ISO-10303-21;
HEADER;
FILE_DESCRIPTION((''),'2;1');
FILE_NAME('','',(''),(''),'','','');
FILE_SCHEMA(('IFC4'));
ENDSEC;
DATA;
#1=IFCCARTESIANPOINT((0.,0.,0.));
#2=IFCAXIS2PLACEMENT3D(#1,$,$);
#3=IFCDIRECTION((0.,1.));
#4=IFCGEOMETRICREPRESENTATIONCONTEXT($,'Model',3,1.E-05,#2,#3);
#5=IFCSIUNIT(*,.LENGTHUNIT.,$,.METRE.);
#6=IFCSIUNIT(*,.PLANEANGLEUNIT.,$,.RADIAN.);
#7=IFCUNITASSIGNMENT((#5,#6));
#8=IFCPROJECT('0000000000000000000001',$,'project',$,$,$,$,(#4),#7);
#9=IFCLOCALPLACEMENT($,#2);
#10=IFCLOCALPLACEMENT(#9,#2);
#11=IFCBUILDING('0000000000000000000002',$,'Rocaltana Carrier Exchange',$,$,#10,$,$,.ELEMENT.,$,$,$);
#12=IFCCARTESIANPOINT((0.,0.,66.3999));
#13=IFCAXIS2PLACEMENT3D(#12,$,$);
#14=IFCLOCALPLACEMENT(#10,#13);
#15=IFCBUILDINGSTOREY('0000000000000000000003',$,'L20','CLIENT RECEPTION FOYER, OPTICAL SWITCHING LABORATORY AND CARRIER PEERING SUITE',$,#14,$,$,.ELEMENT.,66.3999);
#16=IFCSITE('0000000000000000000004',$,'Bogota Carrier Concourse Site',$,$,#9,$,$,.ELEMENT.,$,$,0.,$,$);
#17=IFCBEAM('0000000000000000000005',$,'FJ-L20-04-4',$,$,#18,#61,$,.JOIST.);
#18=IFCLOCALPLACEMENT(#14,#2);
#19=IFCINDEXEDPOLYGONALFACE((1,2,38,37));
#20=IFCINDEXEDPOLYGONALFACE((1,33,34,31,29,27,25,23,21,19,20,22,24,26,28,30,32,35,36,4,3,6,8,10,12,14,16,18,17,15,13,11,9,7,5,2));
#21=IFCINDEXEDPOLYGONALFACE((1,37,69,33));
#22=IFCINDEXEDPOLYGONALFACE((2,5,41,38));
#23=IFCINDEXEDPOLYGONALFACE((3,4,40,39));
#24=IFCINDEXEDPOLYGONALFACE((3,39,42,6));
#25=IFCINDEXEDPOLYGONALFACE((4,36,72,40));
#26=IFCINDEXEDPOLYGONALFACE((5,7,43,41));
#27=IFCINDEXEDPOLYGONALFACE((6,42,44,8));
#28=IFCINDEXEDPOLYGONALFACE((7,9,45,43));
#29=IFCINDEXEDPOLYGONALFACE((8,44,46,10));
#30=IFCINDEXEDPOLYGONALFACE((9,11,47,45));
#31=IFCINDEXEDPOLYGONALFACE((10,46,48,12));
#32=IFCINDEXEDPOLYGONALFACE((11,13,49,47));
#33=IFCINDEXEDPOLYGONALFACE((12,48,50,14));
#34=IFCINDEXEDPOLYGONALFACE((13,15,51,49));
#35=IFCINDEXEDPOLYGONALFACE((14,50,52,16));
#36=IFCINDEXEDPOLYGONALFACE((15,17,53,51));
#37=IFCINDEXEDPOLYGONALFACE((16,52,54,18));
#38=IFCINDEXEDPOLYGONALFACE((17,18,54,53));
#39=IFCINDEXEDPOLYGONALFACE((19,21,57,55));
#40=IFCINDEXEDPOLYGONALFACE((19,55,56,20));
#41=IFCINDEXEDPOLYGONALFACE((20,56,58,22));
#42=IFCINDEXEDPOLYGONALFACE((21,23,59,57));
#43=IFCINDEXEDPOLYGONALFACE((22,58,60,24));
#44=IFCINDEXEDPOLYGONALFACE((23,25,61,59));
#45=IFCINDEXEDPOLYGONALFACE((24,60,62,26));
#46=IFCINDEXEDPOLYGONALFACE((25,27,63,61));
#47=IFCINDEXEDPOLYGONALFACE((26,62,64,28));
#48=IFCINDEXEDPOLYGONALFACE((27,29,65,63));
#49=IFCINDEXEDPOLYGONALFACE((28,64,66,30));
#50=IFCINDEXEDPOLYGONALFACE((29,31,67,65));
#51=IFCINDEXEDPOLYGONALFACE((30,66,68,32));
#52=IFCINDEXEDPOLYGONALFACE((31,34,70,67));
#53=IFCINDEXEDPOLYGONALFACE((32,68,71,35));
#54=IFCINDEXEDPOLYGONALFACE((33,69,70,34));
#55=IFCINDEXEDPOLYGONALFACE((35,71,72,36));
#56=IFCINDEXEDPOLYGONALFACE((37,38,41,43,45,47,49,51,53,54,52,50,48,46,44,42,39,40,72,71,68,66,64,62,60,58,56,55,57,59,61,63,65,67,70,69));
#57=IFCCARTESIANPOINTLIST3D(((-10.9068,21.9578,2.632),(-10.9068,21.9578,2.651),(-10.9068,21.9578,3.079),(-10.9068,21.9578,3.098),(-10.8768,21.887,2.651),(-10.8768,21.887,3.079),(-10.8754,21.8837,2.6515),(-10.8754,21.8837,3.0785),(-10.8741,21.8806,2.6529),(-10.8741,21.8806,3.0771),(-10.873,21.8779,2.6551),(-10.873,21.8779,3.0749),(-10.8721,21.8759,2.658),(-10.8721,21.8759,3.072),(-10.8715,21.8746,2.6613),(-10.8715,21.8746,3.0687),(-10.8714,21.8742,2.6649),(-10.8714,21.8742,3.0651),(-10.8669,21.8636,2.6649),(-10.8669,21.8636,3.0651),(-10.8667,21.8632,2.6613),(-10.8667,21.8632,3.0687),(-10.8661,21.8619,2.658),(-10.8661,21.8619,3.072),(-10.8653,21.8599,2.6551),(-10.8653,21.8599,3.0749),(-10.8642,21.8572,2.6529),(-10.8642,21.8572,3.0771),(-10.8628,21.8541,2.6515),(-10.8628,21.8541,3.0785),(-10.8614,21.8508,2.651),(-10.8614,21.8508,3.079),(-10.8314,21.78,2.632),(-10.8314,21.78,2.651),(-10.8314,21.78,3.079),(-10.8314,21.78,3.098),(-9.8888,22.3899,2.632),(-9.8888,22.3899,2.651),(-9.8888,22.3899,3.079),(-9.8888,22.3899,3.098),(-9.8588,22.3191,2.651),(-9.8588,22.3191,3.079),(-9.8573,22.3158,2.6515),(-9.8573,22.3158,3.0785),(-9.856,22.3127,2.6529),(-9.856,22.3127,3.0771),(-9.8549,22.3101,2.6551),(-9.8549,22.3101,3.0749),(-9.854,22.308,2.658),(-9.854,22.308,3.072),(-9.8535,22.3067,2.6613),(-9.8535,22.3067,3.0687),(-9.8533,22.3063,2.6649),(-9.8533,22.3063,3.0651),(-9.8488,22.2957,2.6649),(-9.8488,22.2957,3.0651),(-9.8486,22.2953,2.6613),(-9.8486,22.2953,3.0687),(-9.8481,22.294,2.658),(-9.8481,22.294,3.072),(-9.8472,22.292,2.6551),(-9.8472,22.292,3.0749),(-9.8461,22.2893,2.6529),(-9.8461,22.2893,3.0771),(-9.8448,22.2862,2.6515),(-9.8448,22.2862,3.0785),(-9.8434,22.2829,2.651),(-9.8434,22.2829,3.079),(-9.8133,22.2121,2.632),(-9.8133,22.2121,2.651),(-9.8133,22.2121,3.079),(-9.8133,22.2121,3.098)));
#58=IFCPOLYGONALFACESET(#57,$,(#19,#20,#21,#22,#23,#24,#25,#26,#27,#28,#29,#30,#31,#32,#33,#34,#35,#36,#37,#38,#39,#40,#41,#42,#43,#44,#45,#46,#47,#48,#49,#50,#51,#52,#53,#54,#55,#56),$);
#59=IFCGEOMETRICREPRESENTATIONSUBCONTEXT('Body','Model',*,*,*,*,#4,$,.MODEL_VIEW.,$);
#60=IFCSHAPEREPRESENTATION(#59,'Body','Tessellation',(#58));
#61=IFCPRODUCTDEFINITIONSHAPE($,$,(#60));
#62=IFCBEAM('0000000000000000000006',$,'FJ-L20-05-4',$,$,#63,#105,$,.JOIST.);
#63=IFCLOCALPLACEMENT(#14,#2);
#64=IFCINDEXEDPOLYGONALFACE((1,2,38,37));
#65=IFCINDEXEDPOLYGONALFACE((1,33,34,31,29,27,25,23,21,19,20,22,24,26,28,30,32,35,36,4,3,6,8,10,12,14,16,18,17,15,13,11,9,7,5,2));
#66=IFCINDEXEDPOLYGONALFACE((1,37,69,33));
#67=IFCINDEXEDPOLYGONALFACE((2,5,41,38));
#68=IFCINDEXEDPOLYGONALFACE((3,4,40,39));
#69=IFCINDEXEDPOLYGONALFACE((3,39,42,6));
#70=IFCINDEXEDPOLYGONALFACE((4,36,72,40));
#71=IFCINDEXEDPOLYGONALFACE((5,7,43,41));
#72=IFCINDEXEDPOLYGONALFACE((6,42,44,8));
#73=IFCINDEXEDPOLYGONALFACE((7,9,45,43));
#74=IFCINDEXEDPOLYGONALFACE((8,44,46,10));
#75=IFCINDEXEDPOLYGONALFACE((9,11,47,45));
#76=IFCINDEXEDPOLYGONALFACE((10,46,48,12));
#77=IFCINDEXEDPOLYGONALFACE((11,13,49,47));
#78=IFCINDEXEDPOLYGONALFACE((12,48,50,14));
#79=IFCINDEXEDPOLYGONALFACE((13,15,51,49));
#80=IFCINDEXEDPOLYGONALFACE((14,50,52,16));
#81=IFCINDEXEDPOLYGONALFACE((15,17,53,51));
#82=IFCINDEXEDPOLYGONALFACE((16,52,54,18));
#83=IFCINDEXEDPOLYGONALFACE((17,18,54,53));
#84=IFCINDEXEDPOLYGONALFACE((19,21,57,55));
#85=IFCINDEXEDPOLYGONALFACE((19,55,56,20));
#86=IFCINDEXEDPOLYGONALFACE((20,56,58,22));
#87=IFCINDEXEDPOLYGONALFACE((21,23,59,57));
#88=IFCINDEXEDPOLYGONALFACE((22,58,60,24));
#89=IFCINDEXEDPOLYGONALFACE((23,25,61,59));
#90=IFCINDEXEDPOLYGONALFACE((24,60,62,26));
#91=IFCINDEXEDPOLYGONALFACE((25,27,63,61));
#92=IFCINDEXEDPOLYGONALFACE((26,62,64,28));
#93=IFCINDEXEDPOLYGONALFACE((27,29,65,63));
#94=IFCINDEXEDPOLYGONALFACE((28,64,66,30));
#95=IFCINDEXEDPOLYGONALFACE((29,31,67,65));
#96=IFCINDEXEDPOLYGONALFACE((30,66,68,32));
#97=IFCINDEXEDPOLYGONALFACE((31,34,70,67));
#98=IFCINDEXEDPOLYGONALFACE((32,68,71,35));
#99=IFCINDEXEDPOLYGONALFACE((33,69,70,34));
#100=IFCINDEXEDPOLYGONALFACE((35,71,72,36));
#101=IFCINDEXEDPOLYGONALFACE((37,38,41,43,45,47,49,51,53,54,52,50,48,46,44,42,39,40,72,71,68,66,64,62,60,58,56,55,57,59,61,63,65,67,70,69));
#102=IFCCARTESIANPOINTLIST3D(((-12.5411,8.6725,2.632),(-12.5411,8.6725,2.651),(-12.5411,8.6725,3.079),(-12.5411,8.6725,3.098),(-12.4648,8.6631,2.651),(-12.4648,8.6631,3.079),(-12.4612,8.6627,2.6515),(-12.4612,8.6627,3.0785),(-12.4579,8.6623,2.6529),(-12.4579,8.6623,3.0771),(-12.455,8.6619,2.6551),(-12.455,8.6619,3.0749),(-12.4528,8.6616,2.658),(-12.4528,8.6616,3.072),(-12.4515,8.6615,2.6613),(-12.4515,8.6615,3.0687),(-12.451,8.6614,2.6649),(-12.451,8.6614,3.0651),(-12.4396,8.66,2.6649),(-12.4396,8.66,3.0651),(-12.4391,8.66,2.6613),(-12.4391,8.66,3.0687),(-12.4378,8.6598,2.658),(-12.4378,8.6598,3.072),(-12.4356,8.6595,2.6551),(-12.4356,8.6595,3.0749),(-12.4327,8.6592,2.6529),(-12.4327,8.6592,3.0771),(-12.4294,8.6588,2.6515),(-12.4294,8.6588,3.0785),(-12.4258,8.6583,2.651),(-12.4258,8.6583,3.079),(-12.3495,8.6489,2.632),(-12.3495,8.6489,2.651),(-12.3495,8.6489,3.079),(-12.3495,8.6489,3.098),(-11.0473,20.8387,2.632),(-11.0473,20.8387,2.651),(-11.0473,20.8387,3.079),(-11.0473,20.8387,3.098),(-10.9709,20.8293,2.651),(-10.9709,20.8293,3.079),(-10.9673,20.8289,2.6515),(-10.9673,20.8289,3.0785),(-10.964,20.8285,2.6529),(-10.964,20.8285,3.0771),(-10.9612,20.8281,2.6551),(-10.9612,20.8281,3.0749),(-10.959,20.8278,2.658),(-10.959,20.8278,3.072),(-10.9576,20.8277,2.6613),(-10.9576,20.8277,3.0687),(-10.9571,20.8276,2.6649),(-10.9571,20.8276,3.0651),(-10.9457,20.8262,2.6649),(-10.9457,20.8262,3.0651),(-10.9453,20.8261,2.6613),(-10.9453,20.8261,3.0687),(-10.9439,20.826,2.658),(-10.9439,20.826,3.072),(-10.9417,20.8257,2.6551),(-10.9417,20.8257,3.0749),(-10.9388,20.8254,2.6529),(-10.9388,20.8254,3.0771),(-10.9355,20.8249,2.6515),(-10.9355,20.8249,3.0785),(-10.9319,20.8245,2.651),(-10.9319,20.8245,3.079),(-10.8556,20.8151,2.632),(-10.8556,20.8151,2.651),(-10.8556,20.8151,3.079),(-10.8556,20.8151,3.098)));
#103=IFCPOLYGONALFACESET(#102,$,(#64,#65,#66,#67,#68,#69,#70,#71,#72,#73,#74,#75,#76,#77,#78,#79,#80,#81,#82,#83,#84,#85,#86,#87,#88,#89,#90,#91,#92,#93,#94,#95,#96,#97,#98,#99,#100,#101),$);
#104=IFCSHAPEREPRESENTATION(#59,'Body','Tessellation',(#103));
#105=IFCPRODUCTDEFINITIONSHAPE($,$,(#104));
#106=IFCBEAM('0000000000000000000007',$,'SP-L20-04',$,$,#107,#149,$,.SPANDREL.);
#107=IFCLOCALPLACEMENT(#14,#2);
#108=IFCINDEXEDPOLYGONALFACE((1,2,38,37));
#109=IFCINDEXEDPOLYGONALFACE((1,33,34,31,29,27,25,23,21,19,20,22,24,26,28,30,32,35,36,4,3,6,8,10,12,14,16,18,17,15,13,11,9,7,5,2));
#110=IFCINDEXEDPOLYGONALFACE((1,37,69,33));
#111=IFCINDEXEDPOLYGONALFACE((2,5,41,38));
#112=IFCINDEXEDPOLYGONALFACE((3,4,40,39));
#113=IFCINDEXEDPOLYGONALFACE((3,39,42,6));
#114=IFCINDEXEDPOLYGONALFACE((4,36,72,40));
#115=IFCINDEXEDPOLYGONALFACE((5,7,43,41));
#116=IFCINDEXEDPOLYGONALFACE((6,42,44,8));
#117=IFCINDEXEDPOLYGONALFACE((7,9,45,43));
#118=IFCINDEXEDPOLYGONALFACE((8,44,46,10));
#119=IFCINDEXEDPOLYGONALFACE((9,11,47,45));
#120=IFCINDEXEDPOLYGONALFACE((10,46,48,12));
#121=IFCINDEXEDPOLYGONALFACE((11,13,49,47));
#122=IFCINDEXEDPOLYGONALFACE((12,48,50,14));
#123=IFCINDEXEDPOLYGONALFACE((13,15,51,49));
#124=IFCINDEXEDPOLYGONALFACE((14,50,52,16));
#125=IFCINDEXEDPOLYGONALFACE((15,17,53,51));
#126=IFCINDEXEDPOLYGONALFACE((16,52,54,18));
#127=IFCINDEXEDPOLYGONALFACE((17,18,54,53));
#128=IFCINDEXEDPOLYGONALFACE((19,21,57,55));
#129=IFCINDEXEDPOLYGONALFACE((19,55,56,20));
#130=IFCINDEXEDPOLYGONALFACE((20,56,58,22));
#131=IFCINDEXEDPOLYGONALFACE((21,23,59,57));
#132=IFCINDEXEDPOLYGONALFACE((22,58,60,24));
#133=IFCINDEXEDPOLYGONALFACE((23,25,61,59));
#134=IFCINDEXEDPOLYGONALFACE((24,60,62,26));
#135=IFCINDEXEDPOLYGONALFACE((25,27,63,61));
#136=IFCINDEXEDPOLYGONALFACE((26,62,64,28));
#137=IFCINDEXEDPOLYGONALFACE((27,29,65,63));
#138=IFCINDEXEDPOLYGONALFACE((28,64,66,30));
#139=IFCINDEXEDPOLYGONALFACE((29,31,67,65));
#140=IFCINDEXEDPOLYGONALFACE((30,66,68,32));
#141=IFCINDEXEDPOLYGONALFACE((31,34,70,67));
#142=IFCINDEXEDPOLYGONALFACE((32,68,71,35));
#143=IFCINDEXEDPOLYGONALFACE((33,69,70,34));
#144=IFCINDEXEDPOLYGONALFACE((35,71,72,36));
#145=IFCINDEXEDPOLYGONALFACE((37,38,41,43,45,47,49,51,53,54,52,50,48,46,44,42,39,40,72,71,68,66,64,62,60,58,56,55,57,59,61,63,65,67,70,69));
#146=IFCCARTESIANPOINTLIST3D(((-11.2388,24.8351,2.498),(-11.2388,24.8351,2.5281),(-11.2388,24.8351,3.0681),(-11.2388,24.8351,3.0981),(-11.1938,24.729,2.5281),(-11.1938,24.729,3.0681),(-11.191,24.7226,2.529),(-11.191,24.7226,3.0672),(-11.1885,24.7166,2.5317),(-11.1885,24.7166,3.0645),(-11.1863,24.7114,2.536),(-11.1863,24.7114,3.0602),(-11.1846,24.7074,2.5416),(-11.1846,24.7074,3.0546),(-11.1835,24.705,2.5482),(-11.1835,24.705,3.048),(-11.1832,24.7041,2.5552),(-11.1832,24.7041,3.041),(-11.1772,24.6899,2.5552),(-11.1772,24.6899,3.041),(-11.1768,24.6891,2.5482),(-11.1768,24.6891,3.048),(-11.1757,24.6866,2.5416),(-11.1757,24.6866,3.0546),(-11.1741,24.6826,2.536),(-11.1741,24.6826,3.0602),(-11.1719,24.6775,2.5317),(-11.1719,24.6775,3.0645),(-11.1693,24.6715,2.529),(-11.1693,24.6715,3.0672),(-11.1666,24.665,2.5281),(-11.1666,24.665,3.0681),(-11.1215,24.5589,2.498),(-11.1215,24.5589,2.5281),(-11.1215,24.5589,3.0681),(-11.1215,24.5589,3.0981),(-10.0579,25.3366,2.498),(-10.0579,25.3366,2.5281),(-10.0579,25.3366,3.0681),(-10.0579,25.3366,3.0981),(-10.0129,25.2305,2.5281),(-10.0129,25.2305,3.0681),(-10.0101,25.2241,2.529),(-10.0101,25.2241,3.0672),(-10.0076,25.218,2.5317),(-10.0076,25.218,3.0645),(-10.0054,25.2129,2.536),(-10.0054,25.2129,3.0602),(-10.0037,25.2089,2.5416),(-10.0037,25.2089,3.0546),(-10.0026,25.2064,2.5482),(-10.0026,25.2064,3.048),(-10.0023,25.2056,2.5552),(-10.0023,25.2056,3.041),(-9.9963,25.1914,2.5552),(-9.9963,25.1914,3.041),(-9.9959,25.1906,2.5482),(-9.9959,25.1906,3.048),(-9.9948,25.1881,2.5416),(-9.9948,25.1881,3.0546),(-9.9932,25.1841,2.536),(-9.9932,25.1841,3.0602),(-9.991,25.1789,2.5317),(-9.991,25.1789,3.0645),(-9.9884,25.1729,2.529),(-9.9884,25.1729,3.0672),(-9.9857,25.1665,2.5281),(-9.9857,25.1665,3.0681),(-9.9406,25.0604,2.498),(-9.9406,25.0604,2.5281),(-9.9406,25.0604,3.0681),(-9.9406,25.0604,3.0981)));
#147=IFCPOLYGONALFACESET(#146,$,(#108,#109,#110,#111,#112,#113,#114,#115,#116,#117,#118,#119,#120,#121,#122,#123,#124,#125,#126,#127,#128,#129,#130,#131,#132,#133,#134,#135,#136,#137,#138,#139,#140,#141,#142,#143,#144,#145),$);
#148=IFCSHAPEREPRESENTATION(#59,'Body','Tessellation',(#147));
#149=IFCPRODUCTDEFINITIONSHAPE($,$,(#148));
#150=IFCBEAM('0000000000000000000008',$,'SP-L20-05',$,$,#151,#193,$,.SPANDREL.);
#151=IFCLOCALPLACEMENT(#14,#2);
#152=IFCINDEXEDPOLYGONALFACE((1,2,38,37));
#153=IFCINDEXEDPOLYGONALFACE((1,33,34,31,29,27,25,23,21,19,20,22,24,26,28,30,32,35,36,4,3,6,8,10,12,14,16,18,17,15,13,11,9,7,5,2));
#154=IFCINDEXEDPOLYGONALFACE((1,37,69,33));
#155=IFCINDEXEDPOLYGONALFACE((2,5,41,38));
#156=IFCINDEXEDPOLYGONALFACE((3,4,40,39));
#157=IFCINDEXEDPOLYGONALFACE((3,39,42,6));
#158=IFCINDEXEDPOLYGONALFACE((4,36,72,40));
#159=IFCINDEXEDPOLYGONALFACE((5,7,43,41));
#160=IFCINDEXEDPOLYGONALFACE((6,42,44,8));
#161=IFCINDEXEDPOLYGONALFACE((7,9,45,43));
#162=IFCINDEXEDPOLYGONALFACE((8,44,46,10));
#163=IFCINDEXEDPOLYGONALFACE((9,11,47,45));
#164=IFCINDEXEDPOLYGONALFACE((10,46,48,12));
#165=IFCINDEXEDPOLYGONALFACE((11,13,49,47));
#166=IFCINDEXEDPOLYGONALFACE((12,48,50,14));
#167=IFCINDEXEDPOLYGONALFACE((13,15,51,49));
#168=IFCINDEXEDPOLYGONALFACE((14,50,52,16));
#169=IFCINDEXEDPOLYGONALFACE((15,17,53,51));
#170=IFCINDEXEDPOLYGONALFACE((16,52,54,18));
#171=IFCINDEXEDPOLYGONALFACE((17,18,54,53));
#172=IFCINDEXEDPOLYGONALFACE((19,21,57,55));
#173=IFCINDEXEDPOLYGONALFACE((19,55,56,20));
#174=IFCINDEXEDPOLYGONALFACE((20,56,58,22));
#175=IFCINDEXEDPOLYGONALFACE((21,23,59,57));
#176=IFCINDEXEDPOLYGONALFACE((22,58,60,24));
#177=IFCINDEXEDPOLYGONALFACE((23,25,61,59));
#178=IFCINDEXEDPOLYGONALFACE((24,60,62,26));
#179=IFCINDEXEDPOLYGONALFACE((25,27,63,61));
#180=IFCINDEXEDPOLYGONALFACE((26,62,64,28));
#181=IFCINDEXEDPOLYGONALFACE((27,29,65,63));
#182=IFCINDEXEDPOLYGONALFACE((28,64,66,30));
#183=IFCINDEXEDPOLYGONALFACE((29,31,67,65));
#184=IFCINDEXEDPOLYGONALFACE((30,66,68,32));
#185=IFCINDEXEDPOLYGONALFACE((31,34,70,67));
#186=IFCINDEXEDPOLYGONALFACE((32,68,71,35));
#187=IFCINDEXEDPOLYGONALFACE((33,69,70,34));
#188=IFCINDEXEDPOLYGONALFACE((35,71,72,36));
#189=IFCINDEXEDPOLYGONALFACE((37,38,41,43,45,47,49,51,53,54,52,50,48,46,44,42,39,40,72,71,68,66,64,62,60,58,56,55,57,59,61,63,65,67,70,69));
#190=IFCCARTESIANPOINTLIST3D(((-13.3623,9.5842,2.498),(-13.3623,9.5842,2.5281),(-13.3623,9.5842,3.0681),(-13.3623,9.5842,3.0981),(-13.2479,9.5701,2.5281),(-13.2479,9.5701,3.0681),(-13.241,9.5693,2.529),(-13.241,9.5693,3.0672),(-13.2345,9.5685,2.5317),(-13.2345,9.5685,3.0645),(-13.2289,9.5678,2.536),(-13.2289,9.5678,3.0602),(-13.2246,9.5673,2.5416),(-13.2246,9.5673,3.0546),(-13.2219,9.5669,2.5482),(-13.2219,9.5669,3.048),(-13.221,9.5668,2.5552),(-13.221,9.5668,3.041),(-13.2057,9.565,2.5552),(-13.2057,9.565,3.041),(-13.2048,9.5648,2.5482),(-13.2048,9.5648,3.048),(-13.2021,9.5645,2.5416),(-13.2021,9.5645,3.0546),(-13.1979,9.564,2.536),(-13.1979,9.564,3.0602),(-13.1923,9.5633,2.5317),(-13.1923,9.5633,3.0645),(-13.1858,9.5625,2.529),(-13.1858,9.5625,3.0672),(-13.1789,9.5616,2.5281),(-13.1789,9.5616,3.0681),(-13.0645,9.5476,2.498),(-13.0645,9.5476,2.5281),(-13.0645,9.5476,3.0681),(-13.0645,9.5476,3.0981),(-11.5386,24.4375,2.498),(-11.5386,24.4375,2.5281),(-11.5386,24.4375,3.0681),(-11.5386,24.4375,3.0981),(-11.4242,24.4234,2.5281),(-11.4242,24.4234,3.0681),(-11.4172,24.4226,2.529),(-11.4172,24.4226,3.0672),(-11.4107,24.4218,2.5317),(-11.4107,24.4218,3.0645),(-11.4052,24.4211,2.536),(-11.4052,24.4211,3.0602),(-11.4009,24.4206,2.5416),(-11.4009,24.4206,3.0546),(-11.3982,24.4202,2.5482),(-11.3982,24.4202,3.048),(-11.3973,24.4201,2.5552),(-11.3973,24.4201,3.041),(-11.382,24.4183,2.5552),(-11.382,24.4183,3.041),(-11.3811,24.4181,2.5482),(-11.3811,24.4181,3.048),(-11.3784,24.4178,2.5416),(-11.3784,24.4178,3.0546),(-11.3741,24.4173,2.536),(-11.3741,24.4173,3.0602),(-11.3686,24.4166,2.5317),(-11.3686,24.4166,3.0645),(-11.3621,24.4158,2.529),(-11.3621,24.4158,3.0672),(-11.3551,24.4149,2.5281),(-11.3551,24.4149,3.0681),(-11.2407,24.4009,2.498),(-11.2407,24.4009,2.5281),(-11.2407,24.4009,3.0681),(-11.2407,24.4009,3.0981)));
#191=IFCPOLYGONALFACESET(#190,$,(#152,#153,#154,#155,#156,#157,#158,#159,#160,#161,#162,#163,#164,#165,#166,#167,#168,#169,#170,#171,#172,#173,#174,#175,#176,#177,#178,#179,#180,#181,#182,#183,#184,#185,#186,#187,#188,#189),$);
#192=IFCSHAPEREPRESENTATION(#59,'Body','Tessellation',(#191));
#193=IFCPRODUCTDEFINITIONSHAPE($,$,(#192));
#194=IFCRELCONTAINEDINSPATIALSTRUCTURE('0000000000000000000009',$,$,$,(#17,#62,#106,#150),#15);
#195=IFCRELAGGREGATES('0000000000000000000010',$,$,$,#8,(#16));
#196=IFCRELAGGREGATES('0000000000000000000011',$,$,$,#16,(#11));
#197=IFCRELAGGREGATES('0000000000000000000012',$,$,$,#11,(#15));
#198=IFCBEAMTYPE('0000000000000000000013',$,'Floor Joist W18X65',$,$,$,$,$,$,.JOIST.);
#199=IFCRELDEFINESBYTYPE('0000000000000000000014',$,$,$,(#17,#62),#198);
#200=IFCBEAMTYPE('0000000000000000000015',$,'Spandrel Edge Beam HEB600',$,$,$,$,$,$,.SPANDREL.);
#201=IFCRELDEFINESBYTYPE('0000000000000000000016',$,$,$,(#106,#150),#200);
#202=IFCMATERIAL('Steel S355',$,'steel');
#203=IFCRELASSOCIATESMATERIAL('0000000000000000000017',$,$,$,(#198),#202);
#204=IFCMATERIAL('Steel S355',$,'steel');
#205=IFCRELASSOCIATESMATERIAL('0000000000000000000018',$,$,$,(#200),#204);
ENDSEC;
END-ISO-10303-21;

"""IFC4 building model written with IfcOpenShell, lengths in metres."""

from ifc_helpers import new_model, si_unit, direction, frame, origin, origin_2d, place, context, subcontext, project, spatial, i_section, extrude, material, material_profile, profile_set, type_object, element, save


model = new_model("IFC4")

# Units and contexts
model_context = context("Model", 3, precision=1e-05, world=origin(), true_north=direction((0.0, 1.0)))
body_context = subcontext(model_context, "Body", "Model", "MODEL_VIEW")
ifc_project = project(units=[si_unit("LENGTHUNIT", "METRE"), si_unit("PLANEANGLEUNIT", "RADIAN")], contexts=[model_context])

# Site, building, storey
site_placement = place(None, origin())
site = spatial("IfcSite", under=ifc_project, at=site_placement, Name="Bogota Carrier Concourse Site", CompositionType="ELEMENT", RefElevation=0.0)
building_placement = place(site_placement, origin())
building = spatial("IfcBuilding", under=site, at=building_placement, Name="Rocaltana Carrier Exchange", CompositionType="ELEMENT")
storey_placement = place(building_placement, frame((0.0, 0.0, 66.3999)))
storey = spatial("IfcBuildingStorey", under=building, at=storey_placement, Name="L20", Description="CLIENT RECEPTION FOYER, OPTICAL SWITCHING LABORATORY AND CARRIER PEERING SUITE", CompositionType="ELEMENT", Elevation=66.3999)

# Beams
ifc_material_1 = material(Name="Steel S355", Category="steel")
ifc_material_profile_1 = material_profile(ifc_material_1, i_section(OverallWidth=0.1931, OverallDepth=0.4661, WebThickness=0.0115, FlangeThickness=0.019, FilletRadius=0.0139, at=origin_2d()), Name="W18X65")
ifc_profile_set_1 = profile_set([ifc_material_profile_1], Name="Steel S355")
beam_type_1 = type_object("IfcBeamType", Name="Floor Joist W18X65", PredefinedType="JOIST", material=ifc_profile_set_1)
beam_1_placement = place(storey_placement, frame((-9.8511, 22.301, 2.865), z_axis=(-0.92051, -0.39072, 0.0), x_axis=(0.39072, -0.92051, 0.0)))
element("IfcBeam", 1, at=beam_1_placement, inside=storey, type_object=beam_type_1, Name="FJ-L20-04-4", PredefinedType="JOIST", context=body_context, shape_type="SweptSolid", body=[
    extrude(i_section(OverallWidth=0.1931, OverallDepth=0.4661, WebThickness=0.0115, FlangeThickness=0.019, FilletRadius=0.0139, at=origin_2d()), origin(), (0.0, 0.0, 1.0), 1.106),
])
beam_2_placement = place(storey_placement, frame((-10.9514, 20.8269, 2.865), z_axis=(-0.121875, -0.992545, 0.0), x_axis=(0.992545, -0.121875, 0.0)))
element("IfcBeam", 2, at=beam_2_placement, inside=storey, type_object=beam_type_1, Name="FJ-L20-05-4", PredefinedType="JOIST", context=body_context, shape_type="SweptSolid", body=[
    extrude(i_section(OverallWidth=0.1931, OverallDepth=0.4661, WebThickness=0.0115, FlangeThickness=0.019, FilletRadius=0.0139, at=origin_2d()), origin(), (0.0, 0.0, 1.0), 12.2576),
])
ifc_material_2 = material(Name="Steel S355", Category="steel")
ifc_material_profile_2 = material_profile(ifc_material_2, i_section(OverallWidth=0.3, OverallDepth=0.6001, WebThickness=0.0154, FlangeThickness=0.03, FilletRadius=0.0271, at=origin_2d()), Name="HEB600")
ifc_profile_set_2 = profile_set([ifc_material_profile_2], Name="Steel S355")
beam_type_2 = type_object("IfcBeamType", Name="Spandrel Edge Beam HEB600", PredefinedType="SPANDREL", material=ifc_profile_set_2)
beam_3_placement = place(storey_placement, frame((-9.9993, 25.1985, 2.7981), z_axis=(-0.920449, -0.390863, 0.0), x_axis=(0.390863, -0.920449, 0.0)))
element("IfcBeam", 3, at=beam_3_placement, inside=storey, type_object=beam_type_2, Name="SP-L20-04", PredefinedType="SPANDREL", context=body_context, shape_type="SweptSolid", body=[
    extrude(i_section(OverallWidth=0.3, OverallDepth=0.6001, WebThickness=0.0154, FlangeThickness=0.03, FilletRadius=0.0271, at=origin_2d()), origin(), (0.0, 0.0, 1.0), 1.283),
])
beam_4_placement = place(storey_placement, frame((-11.3896, 24.4192, 2.7981), z_axis=(-0.121868, -0.992546, 0.0), x_axis=(0.992546, -0.121868, 0.0)))
element("IfcBeam", 4, at=beam_4_placement, inside=storey, type_object=beam_type_2, Name="SP-L20-05", PredefinedType="SPANDREL", context=body_context, shape_type="SweptSolid", body=[
    extrude(i_section(OverallWidth=0.3, OverallDepth=0.6001, WebThickness=0.0154, FlangeThickness=0.03, FilletRadius=0.0271, at=origin_2d()), origin(), (0.0, 0.0, 1.0), 14.9648),
])

save(model, "model.ifc")
